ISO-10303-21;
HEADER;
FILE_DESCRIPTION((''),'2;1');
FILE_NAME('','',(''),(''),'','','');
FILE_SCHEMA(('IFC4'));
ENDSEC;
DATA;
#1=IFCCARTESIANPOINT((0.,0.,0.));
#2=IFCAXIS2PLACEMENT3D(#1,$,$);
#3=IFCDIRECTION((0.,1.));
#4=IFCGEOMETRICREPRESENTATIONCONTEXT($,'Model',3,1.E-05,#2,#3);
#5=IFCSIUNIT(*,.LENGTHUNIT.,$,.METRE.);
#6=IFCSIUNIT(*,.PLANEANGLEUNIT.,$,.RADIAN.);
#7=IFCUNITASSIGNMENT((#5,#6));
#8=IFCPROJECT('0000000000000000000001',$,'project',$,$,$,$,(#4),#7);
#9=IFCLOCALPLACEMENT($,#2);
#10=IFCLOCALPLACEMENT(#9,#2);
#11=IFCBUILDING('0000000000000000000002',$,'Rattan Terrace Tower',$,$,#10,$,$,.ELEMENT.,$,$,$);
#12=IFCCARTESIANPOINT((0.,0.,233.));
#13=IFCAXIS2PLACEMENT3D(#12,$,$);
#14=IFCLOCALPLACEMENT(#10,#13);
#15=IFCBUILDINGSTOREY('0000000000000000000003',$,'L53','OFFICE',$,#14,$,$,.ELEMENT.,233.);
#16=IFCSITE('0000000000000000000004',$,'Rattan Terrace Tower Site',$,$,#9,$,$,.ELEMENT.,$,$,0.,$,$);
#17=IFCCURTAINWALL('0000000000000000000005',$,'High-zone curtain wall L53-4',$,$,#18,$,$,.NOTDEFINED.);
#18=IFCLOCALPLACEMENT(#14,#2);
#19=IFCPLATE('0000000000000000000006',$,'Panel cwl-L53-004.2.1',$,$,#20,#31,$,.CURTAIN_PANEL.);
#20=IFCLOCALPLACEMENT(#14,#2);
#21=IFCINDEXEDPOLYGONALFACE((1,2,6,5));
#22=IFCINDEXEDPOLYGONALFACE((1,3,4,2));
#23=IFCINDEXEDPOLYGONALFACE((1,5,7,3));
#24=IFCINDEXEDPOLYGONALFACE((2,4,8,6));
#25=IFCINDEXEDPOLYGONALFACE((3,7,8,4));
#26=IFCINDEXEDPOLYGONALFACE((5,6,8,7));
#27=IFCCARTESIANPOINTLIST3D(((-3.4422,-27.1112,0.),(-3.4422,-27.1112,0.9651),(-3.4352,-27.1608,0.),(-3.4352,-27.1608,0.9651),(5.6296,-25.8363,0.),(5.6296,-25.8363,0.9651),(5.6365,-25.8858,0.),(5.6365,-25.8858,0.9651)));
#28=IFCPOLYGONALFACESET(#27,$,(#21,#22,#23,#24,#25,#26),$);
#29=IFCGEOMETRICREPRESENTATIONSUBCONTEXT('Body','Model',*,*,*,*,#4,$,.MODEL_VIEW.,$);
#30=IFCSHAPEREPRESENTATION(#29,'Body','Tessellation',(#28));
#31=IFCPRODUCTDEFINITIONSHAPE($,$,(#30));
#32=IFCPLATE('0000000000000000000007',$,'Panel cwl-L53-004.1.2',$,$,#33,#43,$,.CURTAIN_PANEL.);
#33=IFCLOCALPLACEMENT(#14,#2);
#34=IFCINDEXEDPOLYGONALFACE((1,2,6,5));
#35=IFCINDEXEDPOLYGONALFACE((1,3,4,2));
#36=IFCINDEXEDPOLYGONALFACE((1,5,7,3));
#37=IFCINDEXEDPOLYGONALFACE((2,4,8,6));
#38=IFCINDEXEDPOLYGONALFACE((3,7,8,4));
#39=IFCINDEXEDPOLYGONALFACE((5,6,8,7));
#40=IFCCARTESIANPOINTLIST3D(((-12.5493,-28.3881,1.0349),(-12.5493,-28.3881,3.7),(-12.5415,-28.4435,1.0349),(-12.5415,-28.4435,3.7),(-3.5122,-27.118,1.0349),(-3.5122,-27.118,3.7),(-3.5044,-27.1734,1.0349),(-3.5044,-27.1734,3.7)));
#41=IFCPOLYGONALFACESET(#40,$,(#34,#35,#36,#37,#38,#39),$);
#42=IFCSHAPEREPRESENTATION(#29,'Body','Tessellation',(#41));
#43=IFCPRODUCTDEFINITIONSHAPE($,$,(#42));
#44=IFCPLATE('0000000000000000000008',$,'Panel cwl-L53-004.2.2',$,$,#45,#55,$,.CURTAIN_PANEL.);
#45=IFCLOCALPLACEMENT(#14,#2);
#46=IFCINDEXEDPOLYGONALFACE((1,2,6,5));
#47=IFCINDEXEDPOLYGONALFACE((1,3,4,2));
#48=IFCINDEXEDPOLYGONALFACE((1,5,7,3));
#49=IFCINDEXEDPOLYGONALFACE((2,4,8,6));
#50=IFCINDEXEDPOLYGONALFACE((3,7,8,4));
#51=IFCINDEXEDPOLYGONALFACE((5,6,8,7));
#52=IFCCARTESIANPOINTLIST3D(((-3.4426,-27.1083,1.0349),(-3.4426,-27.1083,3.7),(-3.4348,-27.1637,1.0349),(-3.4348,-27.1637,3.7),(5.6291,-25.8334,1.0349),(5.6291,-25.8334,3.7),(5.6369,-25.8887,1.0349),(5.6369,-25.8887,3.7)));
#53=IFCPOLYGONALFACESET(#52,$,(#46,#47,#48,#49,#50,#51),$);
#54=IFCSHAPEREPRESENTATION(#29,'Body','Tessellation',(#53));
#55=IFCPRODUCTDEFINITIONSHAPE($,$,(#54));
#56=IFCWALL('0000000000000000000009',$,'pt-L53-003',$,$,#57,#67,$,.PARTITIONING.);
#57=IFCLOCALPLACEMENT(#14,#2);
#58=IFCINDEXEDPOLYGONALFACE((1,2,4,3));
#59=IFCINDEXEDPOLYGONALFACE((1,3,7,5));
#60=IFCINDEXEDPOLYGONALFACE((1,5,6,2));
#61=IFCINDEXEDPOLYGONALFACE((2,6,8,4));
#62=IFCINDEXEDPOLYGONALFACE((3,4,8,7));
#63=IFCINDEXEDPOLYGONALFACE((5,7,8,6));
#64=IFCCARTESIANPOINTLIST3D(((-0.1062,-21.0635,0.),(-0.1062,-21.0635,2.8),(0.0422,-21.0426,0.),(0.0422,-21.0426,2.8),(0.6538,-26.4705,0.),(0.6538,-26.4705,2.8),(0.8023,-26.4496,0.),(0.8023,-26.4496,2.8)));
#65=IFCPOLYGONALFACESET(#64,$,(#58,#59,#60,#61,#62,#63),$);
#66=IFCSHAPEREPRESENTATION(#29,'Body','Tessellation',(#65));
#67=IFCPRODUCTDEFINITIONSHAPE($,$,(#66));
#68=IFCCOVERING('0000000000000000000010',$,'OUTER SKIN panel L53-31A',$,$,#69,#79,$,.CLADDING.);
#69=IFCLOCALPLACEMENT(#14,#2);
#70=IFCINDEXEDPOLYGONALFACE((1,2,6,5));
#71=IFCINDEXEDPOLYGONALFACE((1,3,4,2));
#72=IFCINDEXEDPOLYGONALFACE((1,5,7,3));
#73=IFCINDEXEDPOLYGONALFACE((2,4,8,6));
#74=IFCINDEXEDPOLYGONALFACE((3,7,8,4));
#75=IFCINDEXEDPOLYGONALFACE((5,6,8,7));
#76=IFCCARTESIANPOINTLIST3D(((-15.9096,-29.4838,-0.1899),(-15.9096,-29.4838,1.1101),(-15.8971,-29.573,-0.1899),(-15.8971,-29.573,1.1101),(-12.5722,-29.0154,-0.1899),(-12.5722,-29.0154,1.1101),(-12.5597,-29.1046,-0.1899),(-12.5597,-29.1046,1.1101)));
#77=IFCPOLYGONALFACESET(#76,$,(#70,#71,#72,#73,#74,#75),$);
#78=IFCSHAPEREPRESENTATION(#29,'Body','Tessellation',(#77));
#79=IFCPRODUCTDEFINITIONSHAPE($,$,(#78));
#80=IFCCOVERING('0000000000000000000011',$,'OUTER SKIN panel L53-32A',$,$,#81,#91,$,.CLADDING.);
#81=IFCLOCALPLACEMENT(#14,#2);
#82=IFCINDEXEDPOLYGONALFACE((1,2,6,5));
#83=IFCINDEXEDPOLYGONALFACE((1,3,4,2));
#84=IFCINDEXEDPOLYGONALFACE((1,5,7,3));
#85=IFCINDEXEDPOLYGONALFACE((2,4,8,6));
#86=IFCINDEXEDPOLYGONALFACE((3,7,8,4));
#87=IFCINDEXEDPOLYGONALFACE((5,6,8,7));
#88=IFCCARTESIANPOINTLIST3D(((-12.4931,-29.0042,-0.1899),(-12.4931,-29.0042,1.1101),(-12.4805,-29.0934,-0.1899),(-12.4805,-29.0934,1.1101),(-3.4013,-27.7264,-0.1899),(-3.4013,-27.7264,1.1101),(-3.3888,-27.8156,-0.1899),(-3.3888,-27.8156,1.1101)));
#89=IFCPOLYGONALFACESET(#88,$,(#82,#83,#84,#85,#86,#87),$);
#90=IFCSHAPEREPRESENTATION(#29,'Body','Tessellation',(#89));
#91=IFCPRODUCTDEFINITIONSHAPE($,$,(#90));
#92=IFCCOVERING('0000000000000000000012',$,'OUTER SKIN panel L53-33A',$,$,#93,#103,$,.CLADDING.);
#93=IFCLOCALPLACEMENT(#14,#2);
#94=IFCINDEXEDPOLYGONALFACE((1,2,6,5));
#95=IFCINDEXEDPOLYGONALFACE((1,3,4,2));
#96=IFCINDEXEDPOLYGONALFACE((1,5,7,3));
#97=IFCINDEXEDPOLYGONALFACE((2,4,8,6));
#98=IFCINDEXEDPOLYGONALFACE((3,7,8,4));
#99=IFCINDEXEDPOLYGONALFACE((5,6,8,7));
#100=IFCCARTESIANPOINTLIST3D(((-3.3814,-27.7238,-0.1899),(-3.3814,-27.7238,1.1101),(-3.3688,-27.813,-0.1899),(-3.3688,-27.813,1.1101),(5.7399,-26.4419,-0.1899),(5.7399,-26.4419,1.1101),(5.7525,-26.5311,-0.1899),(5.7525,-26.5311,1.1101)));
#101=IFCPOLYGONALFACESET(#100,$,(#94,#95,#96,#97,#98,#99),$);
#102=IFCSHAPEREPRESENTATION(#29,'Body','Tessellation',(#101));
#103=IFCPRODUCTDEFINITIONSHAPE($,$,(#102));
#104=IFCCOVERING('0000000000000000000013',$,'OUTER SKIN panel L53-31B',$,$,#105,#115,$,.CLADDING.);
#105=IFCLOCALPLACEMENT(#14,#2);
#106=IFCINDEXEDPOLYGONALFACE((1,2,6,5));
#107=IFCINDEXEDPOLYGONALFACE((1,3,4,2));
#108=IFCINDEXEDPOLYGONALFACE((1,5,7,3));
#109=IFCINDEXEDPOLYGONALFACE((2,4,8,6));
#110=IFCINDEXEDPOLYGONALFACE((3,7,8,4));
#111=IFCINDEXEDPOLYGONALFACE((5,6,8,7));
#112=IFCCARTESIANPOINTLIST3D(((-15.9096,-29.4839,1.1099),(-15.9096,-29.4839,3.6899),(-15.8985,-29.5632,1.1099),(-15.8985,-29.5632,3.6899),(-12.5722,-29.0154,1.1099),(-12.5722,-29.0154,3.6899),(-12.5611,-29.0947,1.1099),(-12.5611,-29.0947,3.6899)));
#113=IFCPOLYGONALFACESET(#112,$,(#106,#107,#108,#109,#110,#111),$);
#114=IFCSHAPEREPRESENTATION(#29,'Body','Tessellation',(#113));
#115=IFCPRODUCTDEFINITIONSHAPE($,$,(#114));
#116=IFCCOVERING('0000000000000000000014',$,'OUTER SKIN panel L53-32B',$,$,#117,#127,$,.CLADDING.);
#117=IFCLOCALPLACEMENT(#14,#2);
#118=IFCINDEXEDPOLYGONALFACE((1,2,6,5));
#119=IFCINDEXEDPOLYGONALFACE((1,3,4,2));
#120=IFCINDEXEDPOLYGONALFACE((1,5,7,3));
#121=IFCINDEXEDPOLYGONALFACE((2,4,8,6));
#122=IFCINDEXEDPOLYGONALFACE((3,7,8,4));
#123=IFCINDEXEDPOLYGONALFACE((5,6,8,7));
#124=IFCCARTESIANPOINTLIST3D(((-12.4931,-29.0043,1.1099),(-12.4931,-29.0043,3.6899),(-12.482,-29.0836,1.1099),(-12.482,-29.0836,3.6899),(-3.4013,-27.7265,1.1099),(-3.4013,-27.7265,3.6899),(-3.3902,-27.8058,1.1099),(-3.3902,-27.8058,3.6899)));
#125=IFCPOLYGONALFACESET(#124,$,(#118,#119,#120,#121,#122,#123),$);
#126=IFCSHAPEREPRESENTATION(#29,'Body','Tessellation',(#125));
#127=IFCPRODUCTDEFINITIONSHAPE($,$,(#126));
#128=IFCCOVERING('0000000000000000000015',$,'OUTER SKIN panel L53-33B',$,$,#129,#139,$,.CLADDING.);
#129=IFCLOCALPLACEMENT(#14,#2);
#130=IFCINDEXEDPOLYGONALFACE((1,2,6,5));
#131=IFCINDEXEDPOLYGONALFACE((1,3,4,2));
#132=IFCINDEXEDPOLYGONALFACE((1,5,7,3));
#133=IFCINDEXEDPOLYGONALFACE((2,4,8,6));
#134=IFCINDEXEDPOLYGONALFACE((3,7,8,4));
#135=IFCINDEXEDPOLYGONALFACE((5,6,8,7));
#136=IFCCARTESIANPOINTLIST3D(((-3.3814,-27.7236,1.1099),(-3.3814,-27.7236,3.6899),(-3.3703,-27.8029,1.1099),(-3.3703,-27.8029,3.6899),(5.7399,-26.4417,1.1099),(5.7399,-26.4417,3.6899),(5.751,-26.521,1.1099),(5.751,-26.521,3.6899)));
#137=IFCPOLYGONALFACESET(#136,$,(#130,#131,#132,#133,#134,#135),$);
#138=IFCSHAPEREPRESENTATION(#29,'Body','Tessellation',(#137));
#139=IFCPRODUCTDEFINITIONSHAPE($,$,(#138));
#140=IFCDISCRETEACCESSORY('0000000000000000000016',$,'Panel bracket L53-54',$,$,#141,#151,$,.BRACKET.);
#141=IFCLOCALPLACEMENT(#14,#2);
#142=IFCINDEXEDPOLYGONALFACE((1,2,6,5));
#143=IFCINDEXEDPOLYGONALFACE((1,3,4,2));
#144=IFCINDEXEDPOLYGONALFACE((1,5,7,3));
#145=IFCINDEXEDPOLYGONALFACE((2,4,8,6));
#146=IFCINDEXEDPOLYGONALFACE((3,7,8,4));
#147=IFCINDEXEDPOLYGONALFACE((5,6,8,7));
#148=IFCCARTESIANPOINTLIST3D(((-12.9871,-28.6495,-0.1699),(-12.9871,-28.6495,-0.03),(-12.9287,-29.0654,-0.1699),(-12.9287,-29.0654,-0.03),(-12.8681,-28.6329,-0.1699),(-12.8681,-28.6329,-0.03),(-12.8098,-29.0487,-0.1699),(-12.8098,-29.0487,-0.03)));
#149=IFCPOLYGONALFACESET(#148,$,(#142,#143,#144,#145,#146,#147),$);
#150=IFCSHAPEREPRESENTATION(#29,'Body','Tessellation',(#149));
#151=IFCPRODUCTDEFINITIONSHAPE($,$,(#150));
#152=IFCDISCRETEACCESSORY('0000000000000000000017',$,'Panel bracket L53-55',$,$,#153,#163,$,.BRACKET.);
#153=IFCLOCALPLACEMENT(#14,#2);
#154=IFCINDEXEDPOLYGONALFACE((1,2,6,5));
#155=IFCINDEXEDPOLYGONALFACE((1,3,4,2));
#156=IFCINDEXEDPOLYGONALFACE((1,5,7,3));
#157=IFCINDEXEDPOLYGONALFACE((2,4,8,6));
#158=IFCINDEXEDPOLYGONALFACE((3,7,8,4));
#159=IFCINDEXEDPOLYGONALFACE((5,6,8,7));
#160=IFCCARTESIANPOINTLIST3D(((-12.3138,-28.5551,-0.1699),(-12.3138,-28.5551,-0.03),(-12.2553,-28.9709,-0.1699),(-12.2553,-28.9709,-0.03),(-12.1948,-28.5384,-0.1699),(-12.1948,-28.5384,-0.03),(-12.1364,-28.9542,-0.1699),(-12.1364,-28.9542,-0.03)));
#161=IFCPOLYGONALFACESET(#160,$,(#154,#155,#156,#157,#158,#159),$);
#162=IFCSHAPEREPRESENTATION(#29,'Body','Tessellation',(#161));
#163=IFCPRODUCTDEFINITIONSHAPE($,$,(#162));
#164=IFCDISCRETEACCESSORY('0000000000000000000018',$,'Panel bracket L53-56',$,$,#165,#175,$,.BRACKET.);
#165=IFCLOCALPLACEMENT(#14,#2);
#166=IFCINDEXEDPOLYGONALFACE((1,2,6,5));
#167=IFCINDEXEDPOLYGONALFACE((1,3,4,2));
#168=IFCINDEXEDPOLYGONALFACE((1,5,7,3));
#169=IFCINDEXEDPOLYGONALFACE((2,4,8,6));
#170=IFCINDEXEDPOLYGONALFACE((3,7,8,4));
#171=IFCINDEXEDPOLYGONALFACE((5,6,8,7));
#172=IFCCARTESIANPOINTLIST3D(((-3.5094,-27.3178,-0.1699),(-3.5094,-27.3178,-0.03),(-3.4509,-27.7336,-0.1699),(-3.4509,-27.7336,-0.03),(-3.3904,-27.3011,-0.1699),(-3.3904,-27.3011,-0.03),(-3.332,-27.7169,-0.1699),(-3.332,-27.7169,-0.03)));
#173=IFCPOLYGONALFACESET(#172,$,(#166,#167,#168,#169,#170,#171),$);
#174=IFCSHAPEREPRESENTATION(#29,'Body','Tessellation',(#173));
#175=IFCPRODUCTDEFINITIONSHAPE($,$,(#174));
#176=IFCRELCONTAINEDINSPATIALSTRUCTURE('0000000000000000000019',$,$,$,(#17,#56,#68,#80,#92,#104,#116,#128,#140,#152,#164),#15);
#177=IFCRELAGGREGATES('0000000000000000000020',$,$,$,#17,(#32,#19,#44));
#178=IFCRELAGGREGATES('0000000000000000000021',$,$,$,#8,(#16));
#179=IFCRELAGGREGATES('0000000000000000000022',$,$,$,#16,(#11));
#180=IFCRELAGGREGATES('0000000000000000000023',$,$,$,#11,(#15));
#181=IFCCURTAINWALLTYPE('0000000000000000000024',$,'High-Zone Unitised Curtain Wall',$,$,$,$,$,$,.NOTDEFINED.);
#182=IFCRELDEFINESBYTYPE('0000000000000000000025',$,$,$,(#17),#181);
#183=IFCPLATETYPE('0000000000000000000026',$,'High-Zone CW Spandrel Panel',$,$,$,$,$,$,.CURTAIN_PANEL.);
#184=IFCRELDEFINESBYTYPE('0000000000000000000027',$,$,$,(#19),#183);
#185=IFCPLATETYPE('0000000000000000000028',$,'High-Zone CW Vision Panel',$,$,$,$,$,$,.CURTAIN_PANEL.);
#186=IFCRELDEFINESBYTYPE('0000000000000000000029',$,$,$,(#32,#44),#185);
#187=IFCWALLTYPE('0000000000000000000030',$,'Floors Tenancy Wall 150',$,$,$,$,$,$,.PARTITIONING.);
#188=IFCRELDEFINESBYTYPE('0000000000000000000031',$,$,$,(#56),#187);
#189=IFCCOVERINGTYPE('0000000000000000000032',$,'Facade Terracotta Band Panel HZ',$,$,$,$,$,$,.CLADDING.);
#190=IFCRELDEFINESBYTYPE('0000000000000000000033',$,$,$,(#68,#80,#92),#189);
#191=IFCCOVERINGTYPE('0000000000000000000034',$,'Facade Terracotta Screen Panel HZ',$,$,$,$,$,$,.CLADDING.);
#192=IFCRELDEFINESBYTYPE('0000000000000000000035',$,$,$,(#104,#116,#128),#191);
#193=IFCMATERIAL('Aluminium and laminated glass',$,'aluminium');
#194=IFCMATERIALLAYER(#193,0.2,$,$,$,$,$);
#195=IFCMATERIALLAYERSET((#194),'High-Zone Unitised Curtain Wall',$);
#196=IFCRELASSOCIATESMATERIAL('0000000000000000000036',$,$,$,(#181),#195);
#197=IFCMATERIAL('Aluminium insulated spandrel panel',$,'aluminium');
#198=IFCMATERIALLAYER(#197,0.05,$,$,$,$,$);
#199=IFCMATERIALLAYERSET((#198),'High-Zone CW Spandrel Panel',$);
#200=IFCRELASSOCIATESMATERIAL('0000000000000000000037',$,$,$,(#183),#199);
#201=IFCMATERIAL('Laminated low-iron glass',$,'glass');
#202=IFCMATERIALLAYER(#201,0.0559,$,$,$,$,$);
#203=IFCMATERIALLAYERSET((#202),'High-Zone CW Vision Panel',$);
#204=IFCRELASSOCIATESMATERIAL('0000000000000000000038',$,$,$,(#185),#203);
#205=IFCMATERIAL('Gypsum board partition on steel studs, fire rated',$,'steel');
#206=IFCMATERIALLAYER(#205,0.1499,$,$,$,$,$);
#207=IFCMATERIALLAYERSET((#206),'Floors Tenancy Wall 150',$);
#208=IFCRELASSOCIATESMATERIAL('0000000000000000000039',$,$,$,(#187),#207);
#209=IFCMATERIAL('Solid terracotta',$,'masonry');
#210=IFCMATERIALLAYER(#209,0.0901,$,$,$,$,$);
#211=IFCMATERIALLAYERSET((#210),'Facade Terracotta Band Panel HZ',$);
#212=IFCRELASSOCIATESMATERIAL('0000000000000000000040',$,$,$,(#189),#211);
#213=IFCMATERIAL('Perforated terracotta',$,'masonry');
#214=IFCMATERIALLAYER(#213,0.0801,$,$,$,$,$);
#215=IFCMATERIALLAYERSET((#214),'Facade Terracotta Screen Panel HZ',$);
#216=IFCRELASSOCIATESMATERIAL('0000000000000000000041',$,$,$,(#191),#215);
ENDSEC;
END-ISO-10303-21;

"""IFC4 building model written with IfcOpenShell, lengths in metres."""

from ifc_helpers import new_model, si_unit, direction, frame, frame_2d, origin, origin_2d, place, context, subcontext, project, spatial, rectangle, extrude, material, layer, layer_set, type_object, element, aggregate, save


model = new_model("IFC4")

# Units and contexts
model_context = context("Model", 3, precision=1e-05, world=origin(), true_north=direction((0.0, 1.0)))
body_context = subcontext(model_context, "Body", "Model", "MODEL_VIEW")
ifc_project = project(units=[si_unit("LENGTHUNIT", "METRE"), si_unit("PLANEANGLEUNIT", "RADIAN")], contexts=[model_context])

# Site, building, storey
site_placement = place(None, origin())
site = spatial("IfcSite", under=ifc_project, at=site_placement, Name="Rattan Terrace Tower Site", CompositionType="ELEMENT", RefElevation=0.0)
building_placement = place(site_placement, origin())
building = spatial("IfcBuilding", under=site, at=building_placement, Name="Rattan Terrace Tower", CompositionType="ELEMENT")
storey_placement = place(building_placement, frame((0.0, 0.0, 233.0)))
storey = spatial("IfcBuildingStorey", under=building, at=storey_placement, Name="L53", Description="OFFICE", CompositionType="ELEMENT", Elevation=233.0)

# Curtain wall, plates
ifc_material_1 = material(Name="Aluminium and laminated glass", Category="aluminium")
ifc_layer_1 = layer(ifc_material_1, 0.2)
ifc_layer_set_1 = layer_set([ifc_layer_1], Name="High-Zone Unitised Curtain Wall")
curtain_wall_type = type_object("IfcCurtainWallType", Name="High-Zone Unitised Curtain Wall", PredefinedType="NOTDEFINED", material=ifc_layer_set_1)
curtain_wall_placement = place(storey_placement, origin())
curtain_wall = element("IfcCurtainWall", 1, at=curtain_wall_placement, inside=storey, type_object=curtain_wall_type, Name="High-zone curtain wall L53-4", PredefinedType="NOTDEFINED")
ifc_material_2 = material(Name="Aluminium insulated spandrel panel", Category="aluminium")
ifc_layer_2 = layer(ifc_material_2, 0.05)
ifc_layer_set_2 = layer_set([ifc_layer_2], Name="High-Zone CW Spandrel Panel")
plate_type_1 = type_object("IfcPlateType", Name="High-Zone CW Spandrel Panel", PredefinedType="CURTAIN_PANEL", material=ifc_layer_set_2)
plate_1_placement = place(storey_placement, frame((1.0972, -26.4985, 0.0), z_axis=(0.0, 0.0, 1.0), x_axis=(0.990267, 0.139177, 0.0)))
plate_1 = element("IfcPlate", 2, at=plate_1_placement, type_object=plate_type_1, Name="Panel cwl-L53-004.2.1", PredefinedType="CURTAIN_PANEL", context=body_context, shape_type="SweptSolid", body=[
    extrude(rectangle(XDim=9.1609, YDim=0.05, at=origin_2d()), origin(), (0.0, 0.0, 1.0), 0.9651),
])
ifc_material_3 = material(Name="Laminated low-iron glass", Category="glass")
ifc_layer_3 = layer(ifc_material_3, 0.0559)
ifc_layer_set_3 = layer_set([ifc_layer_3], Name="High-Zone CW Vision Panel")
plate_type_2 = type_object("IfcPlateType", Name="High-Zone CW Vision Panel", PredefinedType="CURTAIN_PANEL", material=ifc_layer_set_3)
plate_2_placement = place(storey_placement, frame((-8.0269, -27.7808, 1.0349), z_axis=(0.0, 0.0, 1.0), x_axis=(0.990267, 0.139177, 0.0)))
plate_2 = element("IfcPlate", 3, at=plate_2_placement, type_object=plate_type_2, Name="Panel cwl-L53-004.1.2", PredefinedType="CURTAIN_PANEL", context=body_context, shape_type="SweptSolid", body=[
    extrude(rectangle(XDim=9.126, YDim=0.0559, at=origin_2d()), origin(), (0.0, 0.0, 1.0), 2.665),
])
plate_3_placement = place(storey_placement, frame((1.0972, -26.4985, 1.0349), z_axis=(0.0, 0.0, 1.0), x_axis=(0.990267, 0.139177, 0.0)))
plate_3 = element("IfcPlate", 4, at=plate_3_placement, type_object=plate_type_2, Name="Panel cwl-L53-004.2.2", PredefinedType="CURTAIN_PANEL", context=body_context, shape_type="SweptSolid", body=[
    extrude(rectangle(XDim=9.1609, YDim=0.0559, at=origin_2d()), origin(), (0.0, 0.0, 1.0), 2.665),
])
aggregate(curtain_wall, [plate_2, plate_1, plate_3])

# Wall
ifc_material_4 = material(Name="Gypsum board partition on steel studs, fire rated", Category="steel")
ifc_layer_4 = layer(ifc_material_4, 0.1499)
ifc_layer_set_4 = layer_set([ifc_layer_4], Name="Floors Tenancy Wall 150")
wall_type = type_object("IfcWallType", Name="Floors Tenancy Wall 150", PredefinedType="PARTITIONING", material=ifc_layer_set_4)
wall_placement = place(storey_placement, frame((0.728, -26.46, 0.0), z_axis=(0.0, 0.0, 1.0), x_axis=(-0.139192, 0.990265, 0.0)))
element("IfcWall", 5, at=wall_placement, inside=storey, type_object=wall_type, Name="pt-L53-003", PredefinedType="PARTITIONING", context=body_context, shape_type="SweptSolid", body=[
    extrude(rectangle(XDim=5.4602, YDim=0.1499, at=frame_2d((2.73, 0.0))), origin(), (0.0, 0.0, 1.0), 2.8),
])

# Coverings
ifc_material_5 = material(Name="Solid terracotta", Category="masonry")
ifc_layer_5 = layer(ifc_material_5, 0.0901)
ifc_layer_set_5 = layer_set([ifc_layer_5], Name="Facade Terracotta Band Panel HZ")
covering_type_1 = type_object("IfcCoveringType", Name="Facade Terracotta Band Panel HZ", PredefinedType="CLADDING", material=ifc_layer_set_5)
covering_1_placement = place(storey_placement, frame((-14.2346, -29.2942, -0.1899), z_axis=(0.0, 0.0, 1.0), x_axis=(0.990293, 0.138994, 0.0)))
element("IfcCovering", 6, at=covering_1_placement, inside=storey, type_object=covering_type_1, Name="OUTER SKIN panel L53-31A", PredefinedType="CLADDING", context=body_context, shape_type="SweptSolid", body=[
    extrude(rectangle(XDim=3.3701, YDim=0.0901, at=origin_2d()), origin(), (0.0, 0.0, 1.0), 1.3),
])
covering_2_placement = place(storey_placement, frame((-7.9409, -28.4099, -0.1899), z_axis=(0.0, 0.0, 1.0), x_axis=(0.990267, 0.139177, 0.0)))
element("IfcCovering", 7, at=covering_2_placement, inside=storey, type_object=covering_type_1, Name="OUTER SKIN panel L53-32A", PredefinedType="CLADDING", context=body_context, shape_type="SweptSolid", body=[
    extrude(rectangle(XDim=9.1812, YDim=0.0901, at=origin_2d()), origin(), (0.0, 0.0, 1.0), 1.3),
])
covering_3_placement = place(storey_placement, frame((1.1855, -27.1274, -0.1899), z_axis=(0.0, 0.0, 1.0), x_axis=(0.990267, 0.139177, 0.0)))
element("IfcCovering", 8, at=covering_3_placement, inside=storey, type_object=covering_type_1, Name="OUTER SKIN panel L53-33A", PredefinedType="CLADDING", context=body_context, shape_type="SweptSolid", body=[
    extrude(rectangle(XDim=9.2109, YDim=0.0901, at=origin_2d()), origin(), (0.0, 0.0, 1.0), 1.3),
])
ifc_material_6 = material(Name="Perforated terracotta", Category="masonry")
ifc_layer_6 = layer(ifc_material_6, 0.0801)
ifc_layer_set_6 = layer_set([ifc_layer_6], Name="Facade Terracotta Screen Panel HZ")
covering_type_2 = type_object("IfcCoveringType", Name="Facade Terracotta Screen Panel HZ", PredefinedType="CLADDING", material=ifc_layer_set_6)
covering_4_placement = place(storey_placement, frame((-14.2354, -29.2893, 1.1099), z_axis=(0.0, 0.0, 1.0), x_axis=(0.990293, 0.138994, 0.0)))
element("IfcCovering", 9, at=covering_4_placement, inside=storey, type_object=covering_type_2, Name="OUTER SKIN panel L53-31B", PredefinedType="CLADDING", context=body_context, shape_type="SweptSolid", body=[
    extrude(rectangle(XDim=3.3701, YDim=0.0801, at=origin_2d()), origin(), (0.0, 0.0, 1.0), 2.5801),
])
covering_5_placement = place(storey_placement, frame((-7.9417, -28.405, 1.1099), z_axis=(0.0, 0.0, 1.0), x_axis=(0.990267, 0.139177, 0.0)))
element("IfcCovering", 10, at=covering_5_placement, inside=storey, type_object=covering_type_2, Name="OUTER SKIN panel L53-32B", PredefinedType="CLADDING", context=body_context, shape_type="SweptSolid", body=[
    extrude(rectangle(XDim=9.1812, YDim=0.0801, at=origin_2d()), origin(), (0.0, 0.0, 1.0), 2.5801),
])
covering_6_placement = place(storey_placement, frame((1.1848, -27.1223, 1.1099), z_axis=(0.0, 0.0, 1.0), x_axis=(0.990267, 0.139177, 0.0)))
element("IfcCovering", 11, at=covering_6_placement, inside=storey, type_object=covering_type_2, Name="OUTER SKIN panel L53-33B", PredefinedType="CLADDING", context=body_context, shape_type="SweptSolid", body=[
    extrude(rectangle(XDim=9.2109, YDim=0.0801, at=origin_2d()), origin(), (0.0, 0.0, 1.0), 2.5801),
])

# Discrete accessories
for number, where, z_axis, x_axis, name in (
    (12, (-12.8984, -28.8491, -0.1699), (0.0, 0.0, 1.0), (0.990293, 0.138994, 0.0), "Panel bracket L53-54"),
    (13, (-12.2251, -28.7546, -0.1699), (0.0, 0.0, 1.0), (0.990267, 0.139177, 0.0), "Panel bracket L53-55"),
    (14, (-3.4207, -27.5173, -0.1699), (0.0, 0.0, 1.0), (0.990267, 0.139177, 0.0), "Panel bracket L53-56"),
):
    element("IfcDiscreteAccessory", number, at=place(storey_placement, frame(where, z_axis=z_axis, x_axis=x_axis)), inside=storey, Name=name, PredefinedType="BRACKET", context=body_context, shape_type="SweptSolid", body=[
        extrude(rectangle(XDim=0.1201, YDim=0.4199, at=origin_2d()), origin(), (0.0, 0.0, 1.0), 0.1399),
    ])

save(model, "model.ifc")
